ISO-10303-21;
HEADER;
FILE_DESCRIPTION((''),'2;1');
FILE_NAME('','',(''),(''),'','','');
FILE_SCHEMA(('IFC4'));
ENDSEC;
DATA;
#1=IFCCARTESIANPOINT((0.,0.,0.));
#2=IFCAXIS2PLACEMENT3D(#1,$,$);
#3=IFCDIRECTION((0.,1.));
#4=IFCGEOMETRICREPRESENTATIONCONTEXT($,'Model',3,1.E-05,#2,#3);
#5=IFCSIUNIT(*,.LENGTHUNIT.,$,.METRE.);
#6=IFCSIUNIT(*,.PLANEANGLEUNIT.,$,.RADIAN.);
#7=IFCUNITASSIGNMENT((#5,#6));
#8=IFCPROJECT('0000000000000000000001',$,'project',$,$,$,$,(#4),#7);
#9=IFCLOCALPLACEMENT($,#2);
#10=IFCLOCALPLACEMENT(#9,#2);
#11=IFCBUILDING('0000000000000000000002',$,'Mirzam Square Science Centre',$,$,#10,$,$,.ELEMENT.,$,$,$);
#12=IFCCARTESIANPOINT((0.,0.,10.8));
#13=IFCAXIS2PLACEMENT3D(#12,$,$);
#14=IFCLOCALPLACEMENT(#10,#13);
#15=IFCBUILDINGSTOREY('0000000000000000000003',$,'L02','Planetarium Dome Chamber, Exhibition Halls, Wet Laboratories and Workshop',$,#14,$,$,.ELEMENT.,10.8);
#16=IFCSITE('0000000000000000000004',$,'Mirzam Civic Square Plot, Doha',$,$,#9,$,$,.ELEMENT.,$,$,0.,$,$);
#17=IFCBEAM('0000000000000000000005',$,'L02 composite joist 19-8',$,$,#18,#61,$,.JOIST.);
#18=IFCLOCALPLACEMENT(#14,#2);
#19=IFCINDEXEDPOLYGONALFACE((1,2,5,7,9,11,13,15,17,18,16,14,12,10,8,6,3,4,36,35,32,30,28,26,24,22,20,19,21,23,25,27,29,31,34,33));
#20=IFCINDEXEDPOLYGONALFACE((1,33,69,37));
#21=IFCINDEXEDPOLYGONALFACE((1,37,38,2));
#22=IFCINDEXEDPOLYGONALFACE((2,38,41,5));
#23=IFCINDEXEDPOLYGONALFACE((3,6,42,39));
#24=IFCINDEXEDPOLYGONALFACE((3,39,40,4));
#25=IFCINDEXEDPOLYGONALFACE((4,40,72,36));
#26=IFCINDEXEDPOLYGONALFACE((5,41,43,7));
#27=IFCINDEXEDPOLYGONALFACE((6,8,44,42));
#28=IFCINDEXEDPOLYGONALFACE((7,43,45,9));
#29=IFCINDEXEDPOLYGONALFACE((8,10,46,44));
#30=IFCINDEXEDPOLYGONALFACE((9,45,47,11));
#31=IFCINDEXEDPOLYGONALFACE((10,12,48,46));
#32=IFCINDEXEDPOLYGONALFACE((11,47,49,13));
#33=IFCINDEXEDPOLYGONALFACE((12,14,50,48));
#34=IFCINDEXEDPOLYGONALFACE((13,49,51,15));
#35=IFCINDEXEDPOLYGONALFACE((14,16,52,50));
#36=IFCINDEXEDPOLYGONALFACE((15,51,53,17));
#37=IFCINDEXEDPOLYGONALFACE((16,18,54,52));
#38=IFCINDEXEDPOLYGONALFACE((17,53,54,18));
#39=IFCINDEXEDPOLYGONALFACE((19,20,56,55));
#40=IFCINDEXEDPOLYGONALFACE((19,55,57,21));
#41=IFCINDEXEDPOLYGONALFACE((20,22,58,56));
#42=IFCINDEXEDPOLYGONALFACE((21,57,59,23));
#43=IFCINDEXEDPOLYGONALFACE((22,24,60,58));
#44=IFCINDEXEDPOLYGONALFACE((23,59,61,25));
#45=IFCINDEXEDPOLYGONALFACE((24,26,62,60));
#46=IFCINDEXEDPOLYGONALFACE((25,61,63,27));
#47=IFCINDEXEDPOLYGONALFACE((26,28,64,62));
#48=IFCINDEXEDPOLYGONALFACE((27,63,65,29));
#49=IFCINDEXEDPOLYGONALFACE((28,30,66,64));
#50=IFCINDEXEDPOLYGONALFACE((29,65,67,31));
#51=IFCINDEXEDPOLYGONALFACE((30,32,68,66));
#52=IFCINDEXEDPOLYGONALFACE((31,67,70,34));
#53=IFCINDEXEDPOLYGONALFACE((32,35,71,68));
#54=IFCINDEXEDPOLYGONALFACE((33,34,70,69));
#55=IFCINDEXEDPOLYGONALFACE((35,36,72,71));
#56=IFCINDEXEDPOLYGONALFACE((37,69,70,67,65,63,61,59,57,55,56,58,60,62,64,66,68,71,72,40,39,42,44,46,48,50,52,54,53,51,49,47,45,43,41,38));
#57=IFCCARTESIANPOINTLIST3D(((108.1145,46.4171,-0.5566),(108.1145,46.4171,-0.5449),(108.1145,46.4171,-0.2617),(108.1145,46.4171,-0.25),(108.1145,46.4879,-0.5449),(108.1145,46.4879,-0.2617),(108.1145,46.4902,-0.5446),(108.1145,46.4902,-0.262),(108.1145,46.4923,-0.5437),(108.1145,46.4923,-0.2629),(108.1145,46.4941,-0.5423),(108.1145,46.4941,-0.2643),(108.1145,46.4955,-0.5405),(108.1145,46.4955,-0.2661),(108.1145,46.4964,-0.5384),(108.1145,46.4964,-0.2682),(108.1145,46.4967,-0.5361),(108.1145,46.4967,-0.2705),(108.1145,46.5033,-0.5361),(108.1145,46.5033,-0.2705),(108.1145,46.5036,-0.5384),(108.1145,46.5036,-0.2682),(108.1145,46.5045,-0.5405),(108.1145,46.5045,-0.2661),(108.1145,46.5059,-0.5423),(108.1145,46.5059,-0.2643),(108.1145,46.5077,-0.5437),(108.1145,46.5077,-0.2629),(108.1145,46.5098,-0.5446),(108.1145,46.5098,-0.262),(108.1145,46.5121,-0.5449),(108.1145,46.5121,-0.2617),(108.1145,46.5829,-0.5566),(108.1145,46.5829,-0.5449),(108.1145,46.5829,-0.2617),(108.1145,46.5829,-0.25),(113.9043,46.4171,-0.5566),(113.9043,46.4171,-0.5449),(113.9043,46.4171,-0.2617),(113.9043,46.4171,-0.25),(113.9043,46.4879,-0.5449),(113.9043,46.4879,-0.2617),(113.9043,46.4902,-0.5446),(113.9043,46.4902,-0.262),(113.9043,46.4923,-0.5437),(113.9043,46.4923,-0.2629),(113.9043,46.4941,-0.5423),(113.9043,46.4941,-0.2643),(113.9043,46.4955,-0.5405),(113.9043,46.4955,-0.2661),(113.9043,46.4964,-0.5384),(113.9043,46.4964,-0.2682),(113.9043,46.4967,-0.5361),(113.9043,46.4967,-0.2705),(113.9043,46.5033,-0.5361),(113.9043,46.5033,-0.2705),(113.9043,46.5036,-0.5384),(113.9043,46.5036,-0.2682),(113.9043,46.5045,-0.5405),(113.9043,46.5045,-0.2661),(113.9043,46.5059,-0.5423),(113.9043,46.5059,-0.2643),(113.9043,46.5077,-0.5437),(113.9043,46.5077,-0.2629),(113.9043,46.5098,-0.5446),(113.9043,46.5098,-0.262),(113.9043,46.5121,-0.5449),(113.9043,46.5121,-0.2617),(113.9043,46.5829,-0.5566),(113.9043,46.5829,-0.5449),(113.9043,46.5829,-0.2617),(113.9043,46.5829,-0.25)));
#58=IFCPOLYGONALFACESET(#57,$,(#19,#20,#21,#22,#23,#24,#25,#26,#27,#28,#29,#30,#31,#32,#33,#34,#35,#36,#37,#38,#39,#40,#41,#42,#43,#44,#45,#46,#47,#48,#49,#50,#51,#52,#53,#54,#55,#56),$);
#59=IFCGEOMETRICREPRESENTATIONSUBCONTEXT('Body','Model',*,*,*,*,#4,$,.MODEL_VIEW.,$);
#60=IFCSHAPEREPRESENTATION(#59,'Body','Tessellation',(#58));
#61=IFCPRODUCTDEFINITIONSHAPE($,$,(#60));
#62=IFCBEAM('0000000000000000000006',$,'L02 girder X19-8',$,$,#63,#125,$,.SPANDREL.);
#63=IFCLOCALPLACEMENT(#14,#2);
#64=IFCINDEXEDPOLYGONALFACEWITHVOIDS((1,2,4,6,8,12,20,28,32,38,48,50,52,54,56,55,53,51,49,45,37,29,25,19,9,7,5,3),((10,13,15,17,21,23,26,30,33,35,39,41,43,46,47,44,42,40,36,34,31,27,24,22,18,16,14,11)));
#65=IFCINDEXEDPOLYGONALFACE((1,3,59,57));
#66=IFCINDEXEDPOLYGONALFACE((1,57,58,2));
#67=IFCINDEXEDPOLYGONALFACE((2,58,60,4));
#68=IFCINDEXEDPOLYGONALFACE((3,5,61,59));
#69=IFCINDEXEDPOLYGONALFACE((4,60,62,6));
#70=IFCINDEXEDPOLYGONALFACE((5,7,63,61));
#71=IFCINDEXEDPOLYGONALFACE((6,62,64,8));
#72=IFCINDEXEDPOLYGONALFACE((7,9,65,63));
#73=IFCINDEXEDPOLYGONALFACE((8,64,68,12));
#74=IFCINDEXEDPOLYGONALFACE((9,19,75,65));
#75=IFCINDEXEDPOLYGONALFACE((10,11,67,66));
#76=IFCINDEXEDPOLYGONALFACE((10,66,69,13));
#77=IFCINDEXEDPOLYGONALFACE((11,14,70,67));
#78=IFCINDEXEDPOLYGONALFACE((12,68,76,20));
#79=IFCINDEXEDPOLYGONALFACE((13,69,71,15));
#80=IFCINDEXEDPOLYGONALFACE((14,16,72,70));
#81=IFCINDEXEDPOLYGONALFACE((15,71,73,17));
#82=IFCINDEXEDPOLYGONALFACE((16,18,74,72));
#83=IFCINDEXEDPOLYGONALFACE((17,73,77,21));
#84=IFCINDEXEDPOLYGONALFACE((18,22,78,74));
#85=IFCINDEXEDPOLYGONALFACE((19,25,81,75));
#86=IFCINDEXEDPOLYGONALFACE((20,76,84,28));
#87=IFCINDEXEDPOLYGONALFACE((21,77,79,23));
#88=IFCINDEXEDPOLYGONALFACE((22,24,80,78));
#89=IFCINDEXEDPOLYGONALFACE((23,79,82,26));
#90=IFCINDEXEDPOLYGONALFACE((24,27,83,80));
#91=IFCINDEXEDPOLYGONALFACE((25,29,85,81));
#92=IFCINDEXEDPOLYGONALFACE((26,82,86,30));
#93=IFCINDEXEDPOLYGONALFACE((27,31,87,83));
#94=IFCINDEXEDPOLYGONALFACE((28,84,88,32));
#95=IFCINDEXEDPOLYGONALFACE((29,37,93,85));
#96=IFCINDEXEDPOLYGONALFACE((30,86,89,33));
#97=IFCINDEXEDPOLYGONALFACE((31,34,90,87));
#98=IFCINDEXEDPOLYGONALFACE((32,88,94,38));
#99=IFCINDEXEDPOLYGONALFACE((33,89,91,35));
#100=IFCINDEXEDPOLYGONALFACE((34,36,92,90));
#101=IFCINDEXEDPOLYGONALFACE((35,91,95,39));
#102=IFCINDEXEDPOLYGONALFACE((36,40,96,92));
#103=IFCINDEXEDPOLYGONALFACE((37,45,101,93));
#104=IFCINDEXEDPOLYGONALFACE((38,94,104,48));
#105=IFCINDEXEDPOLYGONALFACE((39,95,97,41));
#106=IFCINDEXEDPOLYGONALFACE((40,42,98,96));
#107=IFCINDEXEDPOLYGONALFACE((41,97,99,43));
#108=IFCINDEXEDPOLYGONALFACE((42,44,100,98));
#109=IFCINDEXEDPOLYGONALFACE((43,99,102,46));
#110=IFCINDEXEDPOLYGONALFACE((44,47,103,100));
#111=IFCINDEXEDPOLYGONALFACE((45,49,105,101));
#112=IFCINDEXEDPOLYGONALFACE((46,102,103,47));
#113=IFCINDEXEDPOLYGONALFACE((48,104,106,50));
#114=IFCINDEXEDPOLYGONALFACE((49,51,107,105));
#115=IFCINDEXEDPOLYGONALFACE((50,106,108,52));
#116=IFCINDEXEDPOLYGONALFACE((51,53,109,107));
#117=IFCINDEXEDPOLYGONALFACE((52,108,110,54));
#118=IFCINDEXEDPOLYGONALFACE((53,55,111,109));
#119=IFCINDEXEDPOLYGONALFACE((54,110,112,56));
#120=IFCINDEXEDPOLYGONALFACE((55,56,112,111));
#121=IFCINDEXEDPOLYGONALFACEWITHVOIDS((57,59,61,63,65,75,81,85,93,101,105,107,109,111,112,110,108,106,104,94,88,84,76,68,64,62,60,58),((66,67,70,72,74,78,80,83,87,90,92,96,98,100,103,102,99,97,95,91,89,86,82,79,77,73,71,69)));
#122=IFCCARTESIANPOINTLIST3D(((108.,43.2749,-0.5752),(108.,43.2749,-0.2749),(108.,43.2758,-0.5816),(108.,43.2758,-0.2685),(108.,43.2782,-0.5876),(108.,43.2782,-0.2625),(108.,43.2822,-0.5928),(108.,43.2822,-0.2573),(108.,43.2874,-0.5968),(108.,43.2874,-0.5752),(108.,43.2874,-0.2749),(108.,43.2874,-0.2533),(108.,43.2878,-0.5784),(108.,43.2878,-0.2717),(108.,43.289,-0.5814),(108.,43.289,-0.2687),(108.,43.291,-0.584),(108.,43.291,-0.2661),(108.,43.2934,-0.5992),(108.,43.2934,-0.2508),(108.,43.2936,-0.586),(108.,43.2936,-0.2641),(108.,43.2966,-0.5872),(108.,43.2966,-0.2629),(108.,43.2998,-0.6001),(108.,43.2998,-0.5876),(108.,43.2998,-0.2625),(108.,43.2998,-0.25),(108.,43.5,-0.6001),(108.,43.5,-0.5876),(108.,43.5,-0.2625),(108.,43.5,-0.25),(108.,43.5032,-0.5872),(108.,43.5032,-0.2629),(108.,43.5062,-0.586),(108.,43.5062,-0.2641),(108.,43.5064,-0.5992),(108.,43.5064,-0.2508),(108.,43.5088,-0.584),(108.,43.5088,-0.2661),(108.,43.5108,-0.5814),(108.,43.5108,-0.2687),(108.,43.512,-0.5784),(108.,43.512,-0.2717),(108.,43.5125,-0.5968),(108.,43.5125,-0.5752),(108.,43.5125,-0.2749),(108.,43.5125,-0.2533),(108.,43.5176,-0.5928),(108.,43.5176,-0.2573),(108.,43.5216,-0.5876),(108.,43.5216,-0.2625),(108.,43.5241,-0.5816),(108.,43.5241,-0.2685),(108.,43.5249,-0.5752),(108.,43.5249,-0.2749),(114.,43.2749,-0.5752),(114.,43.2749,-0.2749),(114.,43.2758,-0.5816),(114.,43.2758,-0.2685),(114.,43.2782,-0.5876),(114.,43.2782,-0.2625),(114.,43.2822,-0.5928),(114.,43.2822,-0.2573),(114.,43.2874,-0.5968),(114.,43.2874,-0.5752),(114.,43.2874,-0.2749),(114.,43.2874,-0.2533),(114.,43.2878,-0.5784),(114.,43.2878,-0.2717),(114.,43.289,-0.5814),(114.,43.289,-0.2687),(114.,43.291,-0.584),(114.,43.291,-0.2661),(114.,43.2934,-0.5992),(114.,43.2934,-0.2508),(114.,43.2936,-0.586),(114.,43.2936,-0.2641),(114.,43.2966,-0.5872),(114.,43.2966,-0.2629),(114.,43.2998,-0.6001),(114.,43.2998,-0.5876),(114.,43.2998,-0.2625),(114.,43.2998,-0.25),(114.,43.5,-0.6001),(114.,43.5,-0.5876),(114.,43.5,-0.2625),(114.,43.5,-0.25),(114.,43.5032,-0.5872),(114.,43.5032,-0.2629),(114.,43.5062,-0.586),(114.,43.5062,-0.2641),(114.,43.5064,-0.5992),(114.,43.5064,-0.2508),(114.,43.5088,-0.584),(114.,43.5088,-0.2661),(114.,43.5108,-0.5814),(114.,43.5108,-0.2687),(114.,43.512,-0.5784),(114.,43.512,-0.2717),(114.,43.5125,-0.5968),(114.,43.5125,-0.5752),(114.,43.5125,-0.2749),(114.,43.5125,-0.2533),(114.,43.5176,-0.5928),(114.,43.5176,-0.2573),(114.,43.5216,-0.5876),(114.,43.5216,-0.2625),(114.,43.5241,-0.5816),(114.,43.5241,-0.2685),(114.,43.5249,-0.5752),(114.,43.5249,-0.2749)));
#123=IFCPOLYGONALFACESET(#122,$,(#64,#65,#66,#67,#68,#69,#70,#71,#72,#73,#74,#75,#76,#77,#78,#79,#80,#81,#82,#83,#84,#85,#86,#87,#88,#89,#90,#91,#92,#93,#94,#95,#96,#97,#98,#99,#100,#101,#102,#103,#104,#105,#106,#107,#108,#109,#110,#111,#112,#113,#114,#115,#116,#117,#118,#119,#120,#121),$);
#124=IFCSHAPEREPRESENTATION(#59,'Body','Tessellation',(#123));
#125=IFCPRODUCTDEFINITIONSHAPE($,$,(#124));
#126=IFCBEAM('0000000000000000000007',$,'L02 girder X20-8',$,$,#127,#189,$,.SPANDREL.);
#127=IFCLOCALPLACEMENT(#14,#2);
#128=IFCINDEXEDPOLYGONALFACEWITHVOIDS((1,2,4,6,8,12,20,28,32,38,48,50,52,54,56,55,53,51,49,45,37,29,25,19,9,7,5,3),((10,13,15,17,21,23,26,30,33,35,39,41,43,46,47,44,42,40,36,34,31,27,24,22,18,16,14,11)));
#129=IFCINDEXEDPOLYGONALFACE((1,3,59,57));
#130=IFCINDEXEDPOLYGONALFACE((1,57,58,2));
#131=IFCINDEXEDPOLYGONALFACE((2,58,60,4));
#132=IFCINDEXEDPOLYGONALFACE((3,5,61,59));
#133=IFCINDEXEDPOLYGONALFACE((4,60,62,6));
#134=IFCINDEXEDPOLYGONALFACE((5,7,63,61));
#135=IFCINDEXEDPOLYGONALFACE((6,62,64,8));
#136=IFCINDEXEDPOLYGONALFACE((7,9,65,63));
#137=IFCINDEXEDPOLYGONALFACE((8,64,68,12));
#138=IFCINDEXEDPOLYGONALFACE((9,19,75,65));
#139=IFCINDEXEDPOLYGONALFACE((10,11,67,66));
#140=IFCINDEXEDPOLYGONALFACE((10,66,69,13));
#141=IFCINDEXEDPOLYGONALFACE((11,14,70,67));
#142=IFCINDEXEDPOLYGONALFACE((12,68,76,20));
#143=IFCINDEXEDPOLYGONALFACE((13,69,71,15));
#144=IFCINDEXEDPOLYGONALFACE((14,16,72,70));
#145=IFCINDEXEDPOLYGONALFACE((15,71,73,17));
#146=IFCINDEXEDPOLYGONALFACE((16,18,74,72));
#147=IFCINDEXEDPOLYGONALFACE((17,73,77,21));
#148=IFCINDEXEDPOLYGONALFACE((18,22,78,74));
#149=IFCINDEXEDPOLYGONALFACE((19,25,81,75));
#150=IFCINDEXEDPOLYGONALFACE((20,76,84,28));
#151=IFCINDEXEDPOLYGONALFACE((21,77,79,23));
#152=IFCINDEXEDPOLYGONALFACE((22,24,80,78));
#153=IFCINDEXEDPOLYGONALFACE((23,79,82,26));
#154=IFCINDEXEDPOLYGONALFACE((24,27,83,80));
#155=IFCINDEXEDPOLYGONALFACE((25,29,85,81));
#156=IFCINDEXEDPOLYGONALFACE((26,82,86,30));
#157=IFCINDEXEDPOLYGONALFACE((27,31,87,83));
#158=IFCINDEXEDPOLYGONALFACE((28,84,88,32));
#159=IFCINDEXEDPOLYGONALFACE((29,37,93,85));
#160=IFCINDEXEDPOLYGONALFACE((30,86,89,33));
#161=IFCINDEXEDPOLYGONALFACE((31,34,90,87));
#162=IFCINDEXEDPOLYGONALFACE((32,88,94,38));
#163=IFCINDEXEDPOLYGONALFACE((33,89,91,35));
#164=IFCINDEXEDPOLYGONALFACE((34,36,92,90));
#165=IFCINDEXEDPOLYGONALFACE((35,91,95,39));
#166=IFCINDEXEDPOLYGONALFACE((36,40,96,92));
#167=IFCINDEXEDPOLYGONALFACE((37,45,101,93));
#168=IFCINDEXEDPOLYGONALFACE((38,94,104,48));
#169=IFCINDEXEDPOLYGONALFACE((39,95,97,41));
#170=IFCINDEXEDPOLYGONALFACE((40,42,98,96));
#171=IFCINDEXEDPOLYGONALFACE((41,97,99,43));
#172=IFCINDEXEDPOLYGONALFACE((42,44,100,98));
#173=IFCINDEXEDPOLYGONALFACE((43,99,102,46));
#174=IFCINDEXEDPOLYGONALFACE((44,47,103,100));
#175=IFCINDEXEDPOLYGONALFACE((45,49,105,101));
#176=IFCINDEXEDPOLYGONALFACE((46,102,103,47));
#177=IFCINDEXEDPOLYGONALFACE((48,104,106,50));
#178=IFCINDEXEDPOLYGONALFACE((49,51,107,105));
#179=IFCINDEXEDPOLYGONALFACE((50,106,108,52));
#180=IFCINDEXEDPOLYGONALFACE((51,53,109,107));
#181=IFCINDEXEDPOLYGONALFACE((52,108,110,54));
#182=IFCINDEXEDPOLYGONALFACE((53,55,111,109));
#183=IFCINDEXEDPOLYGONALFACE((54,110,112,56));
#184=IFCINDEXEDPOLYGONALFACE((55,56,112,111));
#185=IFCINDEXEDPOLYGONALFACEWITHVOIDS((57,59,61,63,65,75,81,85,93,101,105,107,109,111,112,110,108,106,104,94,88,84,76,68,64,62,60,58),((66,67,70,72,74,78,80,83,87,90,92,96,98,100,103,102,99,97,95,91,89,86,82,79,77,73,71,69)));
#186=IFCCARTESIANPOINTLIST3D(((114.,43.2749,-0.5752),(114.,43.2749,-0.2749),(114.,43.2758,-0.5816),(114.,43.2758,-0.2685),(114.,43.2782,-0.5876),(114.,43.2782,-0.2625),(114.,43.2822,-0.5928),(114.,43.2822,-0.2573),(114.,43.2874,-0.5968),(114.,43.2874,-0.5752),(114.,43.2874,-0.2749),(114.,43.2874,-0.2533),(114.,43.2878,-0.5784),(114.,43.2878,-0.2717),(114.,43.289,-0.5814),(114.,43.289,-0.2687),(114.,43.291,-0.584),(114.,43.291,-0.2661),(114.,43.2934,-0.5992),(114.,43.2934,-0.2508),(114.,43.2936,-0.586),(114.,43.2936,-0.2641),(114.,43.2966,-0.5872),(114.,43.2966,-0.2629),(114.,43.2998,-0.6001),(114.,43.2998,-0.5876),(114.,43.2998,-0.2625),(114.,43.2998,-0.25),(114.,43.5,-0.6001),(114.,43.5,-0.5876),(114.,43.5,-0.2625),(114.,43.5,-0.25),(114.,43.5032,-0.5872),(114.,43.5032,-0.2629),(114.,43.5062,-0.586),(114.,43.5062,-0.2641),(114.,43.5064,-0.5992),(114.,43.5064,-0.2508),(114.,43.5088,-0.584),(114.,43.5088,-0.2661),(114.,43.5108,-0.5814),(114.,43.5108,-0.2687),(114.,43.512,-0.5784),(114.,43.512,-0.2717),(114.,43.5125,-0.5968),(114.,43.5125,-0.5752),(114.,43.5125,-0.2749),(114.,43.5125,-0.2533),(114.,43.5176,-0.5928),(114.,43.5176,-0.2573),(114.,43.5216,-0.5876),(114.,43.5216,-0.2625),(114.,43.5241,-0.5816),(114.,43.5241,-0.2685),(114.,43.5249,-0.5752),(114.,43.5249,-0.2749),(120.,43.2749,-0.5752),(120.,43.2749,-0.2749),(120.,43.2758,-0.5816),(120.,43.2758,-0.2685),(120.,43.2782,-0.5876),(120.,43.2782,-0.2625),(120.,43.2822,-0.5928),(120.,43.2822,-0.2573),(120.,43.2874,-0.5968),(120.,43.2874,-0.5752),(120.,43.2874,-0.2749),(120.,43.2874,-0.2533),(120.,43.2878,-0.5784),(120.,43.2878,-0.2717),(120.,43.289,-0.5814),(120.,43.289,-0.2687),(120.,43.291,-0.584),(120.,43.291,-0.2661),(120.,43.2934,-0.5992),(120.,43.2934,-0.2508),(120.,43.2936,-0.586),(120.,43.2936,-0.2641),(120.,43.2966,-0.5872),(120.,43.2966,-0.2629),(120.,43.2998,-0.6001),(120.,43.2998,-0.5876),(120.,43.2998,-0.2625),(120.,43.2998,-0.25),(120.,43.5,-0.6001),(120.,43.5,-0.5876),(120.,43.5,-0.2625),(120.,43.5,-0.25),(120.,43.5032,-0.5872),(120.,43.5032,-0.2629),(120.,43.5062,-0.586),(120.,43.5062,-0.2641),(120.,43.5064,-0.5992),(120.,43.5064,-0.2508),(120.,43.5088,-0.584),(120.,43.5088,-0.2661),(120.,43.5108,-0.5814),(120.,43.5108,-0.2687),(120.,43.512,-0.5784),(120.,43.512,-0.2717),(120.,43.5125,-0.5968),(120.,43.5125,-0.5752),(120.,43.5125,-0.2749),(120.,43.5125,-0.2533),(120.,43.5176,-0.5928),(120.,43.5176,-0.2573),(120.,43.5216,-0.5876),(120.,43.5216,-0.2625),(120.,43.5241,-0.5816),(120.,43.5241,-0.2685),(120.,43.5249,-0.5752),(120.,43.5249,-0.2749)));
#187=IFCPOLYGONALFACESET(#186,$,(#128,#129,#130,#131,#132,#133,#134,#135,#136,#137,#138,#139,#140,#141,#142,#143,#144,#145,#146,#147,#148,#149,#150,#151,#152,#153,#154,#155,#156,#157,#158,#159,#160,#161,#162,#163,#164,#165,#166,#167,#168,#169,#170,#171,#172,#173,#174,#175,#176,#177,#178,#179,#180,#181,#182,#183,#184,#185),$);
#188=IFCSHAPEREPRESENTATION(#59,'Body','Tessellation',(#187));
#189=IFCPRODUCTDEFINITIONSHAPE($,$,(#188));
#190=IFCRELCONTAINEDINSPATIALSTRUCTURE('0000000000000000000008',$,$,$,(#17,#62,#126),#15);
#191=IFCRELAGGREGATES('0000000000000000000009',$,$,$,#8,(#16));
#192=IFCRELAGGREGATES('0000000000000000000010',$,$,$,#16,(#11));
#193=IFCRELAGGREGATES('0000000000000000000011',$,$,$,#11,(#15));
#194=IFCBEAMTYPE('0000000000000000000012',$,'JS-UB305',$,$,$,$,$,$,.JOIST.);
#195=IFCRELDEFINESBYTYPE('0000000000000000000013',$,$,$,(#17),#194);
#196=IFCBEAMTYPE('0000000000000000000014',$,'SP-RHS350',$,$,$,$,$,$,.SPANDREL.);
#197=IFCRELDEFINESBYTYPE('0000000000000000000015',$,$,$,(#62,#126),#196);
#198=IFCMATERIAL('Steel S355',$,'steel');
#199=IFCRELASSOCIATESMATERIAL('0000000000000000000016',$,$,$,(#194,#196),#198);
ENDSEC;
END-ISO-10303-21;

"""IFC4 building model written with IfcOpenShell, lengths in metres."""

from ifc_helpers import new_model, si_unit, direction, frame, origin, origin_2d, place, context, subcontext, project, spatial, hollow_rectangle, i_section, extrude, material, material_profile, profile_set, type_object, element, save


model = new_model("IFC4")

# Units and contexts
model_context = context("Model", 3, precision=1e-05, world=origin(), true_north=direction((0.0, 1.0)))
body_context = subcontext(model_context, "Body", "Model", "MODEL_VIEW")
ifc_project = project(units=[si_unit("LENGTHUNIT", "METRE"), si_unit("PLANEANGLEUNIT", "RADIAN")], contexts=[model_context])

# Site, building, storey
site_placement = place(None, origin())
site = spatial("IfcSite", under=ifc_project, at=site_placement, Name="Mirzam Civic Square Plot, Doha", CompositionType="ELEMENT", RefElevation=0.0)
building_placement = place(site_placement, origin())
building = spatial("IfcBuilding", under=site, at=building_placement, Name="Mirzam Square Science Centre", CompositionType="ELEMENT")
storey_placement = place(building_placement, frame((0.0, 0.0, 10.8)))
storey = spatial("IfcBuildingStorey", under=building, at=storey_placement, Name="L02", Description="Planetarium Dome Chamber, Exhibition Halls, Wet Laboratories and Workshop", CompositionType="ELEMENT", Elevation=10.8)

# Shared definitions
ifc_material_1 = material(Name="Steel S355", Category="steel")

# Beams
ifc_material_profile_1 = material_profile(ifc_material_1, i_section(OverallWidth=0.1658, OverallDepth=0.3066, WebThickness=0.0066, FlangeThickness=0.0117, FilletRadius=0.0088, at=origin_2d()), Name="305x165x46UB")
ifc_profile_set_1 = profile_set([ifc_material_profile_1], Name="Steel S355")
beam_type_1 = type_object("IfcBeamType", Name="JS-UB305", PredefinedType="JOIST", material=ifc_profile_set_1)
beam_1_placement = place(storey_placement, frame((108.1145, 46.5, -0.4033), z_axis=(1.0, 0.0, 0.0), x_axis=(0.0, 1.0, 0.0)))
element("IfcBeam", 1, at=beam_1_placement, inside=storey, type_object=beam_type_1, Name="L02 composite joist 19-8", PredefinedType="JOIST", context=body_context, shape_type="SweptSolid", body=[
    extrude(i_section(OverallWidth=0.1658, OverallDepth=0.3066, WebThickness=0.0066, FlangeThickness=0.0117, FilletRadius=0.0088, at=origin_2d()), origin(), (0.0, 0.0, 1.0), 5.7898),
])
ifc_material_profile_2 = material_profile(ifc_material_1, hollow_rectangle(XDim=0.25, YDim=0.3501, WallThickness=0.0125, InnerFilletRadius=0.0125, OuterFilletRadius=0.0249, at=origin_2d()), Name="350x250x12.5RHS")
ifc_profile_set_2 = profile_set([ifc_material_profile_2], Name="Steel S355")
beam_type_2 = type_object("IfcBeamType", Name="SP-RHS350", PredefinedType="SPANDREL", material=ifc_profile_set_2)
for number, where, z_axis, x_axis, name in (
    (2, (108.0, 43.3999, -0.425), (1.0, 0.0, 0.0), (0.0, 1.0, 0.0), "L02 girder X19-8"),
    (3, (114.0, 43.3999, -0.425), (1.0, 0.0, 0.0), (0.0, 1.0, 0.0), "L02 girder X20-8"),
):
    element("IfcBeam", number, at=place(storey_placement, frame(where, z_axis=z_axis, x_axis=x_axis)), inside=storey, type_object=beam_type_2, Name=name, PredefinedType="SPANDREL", context=body_context, shape_type="SweptSolid", body=[
        extrude(hollow_rectangle(XDim=0.25, YDim=0.3501, WallThickness=0.0125, InnerFilletRadius=0.0125, OuterFilletRadius=0.0249, at=origin_2d()), origin(), (0.0, 0.0, 1.0), 6.0),
    ])

save(model, "model.ifc")
